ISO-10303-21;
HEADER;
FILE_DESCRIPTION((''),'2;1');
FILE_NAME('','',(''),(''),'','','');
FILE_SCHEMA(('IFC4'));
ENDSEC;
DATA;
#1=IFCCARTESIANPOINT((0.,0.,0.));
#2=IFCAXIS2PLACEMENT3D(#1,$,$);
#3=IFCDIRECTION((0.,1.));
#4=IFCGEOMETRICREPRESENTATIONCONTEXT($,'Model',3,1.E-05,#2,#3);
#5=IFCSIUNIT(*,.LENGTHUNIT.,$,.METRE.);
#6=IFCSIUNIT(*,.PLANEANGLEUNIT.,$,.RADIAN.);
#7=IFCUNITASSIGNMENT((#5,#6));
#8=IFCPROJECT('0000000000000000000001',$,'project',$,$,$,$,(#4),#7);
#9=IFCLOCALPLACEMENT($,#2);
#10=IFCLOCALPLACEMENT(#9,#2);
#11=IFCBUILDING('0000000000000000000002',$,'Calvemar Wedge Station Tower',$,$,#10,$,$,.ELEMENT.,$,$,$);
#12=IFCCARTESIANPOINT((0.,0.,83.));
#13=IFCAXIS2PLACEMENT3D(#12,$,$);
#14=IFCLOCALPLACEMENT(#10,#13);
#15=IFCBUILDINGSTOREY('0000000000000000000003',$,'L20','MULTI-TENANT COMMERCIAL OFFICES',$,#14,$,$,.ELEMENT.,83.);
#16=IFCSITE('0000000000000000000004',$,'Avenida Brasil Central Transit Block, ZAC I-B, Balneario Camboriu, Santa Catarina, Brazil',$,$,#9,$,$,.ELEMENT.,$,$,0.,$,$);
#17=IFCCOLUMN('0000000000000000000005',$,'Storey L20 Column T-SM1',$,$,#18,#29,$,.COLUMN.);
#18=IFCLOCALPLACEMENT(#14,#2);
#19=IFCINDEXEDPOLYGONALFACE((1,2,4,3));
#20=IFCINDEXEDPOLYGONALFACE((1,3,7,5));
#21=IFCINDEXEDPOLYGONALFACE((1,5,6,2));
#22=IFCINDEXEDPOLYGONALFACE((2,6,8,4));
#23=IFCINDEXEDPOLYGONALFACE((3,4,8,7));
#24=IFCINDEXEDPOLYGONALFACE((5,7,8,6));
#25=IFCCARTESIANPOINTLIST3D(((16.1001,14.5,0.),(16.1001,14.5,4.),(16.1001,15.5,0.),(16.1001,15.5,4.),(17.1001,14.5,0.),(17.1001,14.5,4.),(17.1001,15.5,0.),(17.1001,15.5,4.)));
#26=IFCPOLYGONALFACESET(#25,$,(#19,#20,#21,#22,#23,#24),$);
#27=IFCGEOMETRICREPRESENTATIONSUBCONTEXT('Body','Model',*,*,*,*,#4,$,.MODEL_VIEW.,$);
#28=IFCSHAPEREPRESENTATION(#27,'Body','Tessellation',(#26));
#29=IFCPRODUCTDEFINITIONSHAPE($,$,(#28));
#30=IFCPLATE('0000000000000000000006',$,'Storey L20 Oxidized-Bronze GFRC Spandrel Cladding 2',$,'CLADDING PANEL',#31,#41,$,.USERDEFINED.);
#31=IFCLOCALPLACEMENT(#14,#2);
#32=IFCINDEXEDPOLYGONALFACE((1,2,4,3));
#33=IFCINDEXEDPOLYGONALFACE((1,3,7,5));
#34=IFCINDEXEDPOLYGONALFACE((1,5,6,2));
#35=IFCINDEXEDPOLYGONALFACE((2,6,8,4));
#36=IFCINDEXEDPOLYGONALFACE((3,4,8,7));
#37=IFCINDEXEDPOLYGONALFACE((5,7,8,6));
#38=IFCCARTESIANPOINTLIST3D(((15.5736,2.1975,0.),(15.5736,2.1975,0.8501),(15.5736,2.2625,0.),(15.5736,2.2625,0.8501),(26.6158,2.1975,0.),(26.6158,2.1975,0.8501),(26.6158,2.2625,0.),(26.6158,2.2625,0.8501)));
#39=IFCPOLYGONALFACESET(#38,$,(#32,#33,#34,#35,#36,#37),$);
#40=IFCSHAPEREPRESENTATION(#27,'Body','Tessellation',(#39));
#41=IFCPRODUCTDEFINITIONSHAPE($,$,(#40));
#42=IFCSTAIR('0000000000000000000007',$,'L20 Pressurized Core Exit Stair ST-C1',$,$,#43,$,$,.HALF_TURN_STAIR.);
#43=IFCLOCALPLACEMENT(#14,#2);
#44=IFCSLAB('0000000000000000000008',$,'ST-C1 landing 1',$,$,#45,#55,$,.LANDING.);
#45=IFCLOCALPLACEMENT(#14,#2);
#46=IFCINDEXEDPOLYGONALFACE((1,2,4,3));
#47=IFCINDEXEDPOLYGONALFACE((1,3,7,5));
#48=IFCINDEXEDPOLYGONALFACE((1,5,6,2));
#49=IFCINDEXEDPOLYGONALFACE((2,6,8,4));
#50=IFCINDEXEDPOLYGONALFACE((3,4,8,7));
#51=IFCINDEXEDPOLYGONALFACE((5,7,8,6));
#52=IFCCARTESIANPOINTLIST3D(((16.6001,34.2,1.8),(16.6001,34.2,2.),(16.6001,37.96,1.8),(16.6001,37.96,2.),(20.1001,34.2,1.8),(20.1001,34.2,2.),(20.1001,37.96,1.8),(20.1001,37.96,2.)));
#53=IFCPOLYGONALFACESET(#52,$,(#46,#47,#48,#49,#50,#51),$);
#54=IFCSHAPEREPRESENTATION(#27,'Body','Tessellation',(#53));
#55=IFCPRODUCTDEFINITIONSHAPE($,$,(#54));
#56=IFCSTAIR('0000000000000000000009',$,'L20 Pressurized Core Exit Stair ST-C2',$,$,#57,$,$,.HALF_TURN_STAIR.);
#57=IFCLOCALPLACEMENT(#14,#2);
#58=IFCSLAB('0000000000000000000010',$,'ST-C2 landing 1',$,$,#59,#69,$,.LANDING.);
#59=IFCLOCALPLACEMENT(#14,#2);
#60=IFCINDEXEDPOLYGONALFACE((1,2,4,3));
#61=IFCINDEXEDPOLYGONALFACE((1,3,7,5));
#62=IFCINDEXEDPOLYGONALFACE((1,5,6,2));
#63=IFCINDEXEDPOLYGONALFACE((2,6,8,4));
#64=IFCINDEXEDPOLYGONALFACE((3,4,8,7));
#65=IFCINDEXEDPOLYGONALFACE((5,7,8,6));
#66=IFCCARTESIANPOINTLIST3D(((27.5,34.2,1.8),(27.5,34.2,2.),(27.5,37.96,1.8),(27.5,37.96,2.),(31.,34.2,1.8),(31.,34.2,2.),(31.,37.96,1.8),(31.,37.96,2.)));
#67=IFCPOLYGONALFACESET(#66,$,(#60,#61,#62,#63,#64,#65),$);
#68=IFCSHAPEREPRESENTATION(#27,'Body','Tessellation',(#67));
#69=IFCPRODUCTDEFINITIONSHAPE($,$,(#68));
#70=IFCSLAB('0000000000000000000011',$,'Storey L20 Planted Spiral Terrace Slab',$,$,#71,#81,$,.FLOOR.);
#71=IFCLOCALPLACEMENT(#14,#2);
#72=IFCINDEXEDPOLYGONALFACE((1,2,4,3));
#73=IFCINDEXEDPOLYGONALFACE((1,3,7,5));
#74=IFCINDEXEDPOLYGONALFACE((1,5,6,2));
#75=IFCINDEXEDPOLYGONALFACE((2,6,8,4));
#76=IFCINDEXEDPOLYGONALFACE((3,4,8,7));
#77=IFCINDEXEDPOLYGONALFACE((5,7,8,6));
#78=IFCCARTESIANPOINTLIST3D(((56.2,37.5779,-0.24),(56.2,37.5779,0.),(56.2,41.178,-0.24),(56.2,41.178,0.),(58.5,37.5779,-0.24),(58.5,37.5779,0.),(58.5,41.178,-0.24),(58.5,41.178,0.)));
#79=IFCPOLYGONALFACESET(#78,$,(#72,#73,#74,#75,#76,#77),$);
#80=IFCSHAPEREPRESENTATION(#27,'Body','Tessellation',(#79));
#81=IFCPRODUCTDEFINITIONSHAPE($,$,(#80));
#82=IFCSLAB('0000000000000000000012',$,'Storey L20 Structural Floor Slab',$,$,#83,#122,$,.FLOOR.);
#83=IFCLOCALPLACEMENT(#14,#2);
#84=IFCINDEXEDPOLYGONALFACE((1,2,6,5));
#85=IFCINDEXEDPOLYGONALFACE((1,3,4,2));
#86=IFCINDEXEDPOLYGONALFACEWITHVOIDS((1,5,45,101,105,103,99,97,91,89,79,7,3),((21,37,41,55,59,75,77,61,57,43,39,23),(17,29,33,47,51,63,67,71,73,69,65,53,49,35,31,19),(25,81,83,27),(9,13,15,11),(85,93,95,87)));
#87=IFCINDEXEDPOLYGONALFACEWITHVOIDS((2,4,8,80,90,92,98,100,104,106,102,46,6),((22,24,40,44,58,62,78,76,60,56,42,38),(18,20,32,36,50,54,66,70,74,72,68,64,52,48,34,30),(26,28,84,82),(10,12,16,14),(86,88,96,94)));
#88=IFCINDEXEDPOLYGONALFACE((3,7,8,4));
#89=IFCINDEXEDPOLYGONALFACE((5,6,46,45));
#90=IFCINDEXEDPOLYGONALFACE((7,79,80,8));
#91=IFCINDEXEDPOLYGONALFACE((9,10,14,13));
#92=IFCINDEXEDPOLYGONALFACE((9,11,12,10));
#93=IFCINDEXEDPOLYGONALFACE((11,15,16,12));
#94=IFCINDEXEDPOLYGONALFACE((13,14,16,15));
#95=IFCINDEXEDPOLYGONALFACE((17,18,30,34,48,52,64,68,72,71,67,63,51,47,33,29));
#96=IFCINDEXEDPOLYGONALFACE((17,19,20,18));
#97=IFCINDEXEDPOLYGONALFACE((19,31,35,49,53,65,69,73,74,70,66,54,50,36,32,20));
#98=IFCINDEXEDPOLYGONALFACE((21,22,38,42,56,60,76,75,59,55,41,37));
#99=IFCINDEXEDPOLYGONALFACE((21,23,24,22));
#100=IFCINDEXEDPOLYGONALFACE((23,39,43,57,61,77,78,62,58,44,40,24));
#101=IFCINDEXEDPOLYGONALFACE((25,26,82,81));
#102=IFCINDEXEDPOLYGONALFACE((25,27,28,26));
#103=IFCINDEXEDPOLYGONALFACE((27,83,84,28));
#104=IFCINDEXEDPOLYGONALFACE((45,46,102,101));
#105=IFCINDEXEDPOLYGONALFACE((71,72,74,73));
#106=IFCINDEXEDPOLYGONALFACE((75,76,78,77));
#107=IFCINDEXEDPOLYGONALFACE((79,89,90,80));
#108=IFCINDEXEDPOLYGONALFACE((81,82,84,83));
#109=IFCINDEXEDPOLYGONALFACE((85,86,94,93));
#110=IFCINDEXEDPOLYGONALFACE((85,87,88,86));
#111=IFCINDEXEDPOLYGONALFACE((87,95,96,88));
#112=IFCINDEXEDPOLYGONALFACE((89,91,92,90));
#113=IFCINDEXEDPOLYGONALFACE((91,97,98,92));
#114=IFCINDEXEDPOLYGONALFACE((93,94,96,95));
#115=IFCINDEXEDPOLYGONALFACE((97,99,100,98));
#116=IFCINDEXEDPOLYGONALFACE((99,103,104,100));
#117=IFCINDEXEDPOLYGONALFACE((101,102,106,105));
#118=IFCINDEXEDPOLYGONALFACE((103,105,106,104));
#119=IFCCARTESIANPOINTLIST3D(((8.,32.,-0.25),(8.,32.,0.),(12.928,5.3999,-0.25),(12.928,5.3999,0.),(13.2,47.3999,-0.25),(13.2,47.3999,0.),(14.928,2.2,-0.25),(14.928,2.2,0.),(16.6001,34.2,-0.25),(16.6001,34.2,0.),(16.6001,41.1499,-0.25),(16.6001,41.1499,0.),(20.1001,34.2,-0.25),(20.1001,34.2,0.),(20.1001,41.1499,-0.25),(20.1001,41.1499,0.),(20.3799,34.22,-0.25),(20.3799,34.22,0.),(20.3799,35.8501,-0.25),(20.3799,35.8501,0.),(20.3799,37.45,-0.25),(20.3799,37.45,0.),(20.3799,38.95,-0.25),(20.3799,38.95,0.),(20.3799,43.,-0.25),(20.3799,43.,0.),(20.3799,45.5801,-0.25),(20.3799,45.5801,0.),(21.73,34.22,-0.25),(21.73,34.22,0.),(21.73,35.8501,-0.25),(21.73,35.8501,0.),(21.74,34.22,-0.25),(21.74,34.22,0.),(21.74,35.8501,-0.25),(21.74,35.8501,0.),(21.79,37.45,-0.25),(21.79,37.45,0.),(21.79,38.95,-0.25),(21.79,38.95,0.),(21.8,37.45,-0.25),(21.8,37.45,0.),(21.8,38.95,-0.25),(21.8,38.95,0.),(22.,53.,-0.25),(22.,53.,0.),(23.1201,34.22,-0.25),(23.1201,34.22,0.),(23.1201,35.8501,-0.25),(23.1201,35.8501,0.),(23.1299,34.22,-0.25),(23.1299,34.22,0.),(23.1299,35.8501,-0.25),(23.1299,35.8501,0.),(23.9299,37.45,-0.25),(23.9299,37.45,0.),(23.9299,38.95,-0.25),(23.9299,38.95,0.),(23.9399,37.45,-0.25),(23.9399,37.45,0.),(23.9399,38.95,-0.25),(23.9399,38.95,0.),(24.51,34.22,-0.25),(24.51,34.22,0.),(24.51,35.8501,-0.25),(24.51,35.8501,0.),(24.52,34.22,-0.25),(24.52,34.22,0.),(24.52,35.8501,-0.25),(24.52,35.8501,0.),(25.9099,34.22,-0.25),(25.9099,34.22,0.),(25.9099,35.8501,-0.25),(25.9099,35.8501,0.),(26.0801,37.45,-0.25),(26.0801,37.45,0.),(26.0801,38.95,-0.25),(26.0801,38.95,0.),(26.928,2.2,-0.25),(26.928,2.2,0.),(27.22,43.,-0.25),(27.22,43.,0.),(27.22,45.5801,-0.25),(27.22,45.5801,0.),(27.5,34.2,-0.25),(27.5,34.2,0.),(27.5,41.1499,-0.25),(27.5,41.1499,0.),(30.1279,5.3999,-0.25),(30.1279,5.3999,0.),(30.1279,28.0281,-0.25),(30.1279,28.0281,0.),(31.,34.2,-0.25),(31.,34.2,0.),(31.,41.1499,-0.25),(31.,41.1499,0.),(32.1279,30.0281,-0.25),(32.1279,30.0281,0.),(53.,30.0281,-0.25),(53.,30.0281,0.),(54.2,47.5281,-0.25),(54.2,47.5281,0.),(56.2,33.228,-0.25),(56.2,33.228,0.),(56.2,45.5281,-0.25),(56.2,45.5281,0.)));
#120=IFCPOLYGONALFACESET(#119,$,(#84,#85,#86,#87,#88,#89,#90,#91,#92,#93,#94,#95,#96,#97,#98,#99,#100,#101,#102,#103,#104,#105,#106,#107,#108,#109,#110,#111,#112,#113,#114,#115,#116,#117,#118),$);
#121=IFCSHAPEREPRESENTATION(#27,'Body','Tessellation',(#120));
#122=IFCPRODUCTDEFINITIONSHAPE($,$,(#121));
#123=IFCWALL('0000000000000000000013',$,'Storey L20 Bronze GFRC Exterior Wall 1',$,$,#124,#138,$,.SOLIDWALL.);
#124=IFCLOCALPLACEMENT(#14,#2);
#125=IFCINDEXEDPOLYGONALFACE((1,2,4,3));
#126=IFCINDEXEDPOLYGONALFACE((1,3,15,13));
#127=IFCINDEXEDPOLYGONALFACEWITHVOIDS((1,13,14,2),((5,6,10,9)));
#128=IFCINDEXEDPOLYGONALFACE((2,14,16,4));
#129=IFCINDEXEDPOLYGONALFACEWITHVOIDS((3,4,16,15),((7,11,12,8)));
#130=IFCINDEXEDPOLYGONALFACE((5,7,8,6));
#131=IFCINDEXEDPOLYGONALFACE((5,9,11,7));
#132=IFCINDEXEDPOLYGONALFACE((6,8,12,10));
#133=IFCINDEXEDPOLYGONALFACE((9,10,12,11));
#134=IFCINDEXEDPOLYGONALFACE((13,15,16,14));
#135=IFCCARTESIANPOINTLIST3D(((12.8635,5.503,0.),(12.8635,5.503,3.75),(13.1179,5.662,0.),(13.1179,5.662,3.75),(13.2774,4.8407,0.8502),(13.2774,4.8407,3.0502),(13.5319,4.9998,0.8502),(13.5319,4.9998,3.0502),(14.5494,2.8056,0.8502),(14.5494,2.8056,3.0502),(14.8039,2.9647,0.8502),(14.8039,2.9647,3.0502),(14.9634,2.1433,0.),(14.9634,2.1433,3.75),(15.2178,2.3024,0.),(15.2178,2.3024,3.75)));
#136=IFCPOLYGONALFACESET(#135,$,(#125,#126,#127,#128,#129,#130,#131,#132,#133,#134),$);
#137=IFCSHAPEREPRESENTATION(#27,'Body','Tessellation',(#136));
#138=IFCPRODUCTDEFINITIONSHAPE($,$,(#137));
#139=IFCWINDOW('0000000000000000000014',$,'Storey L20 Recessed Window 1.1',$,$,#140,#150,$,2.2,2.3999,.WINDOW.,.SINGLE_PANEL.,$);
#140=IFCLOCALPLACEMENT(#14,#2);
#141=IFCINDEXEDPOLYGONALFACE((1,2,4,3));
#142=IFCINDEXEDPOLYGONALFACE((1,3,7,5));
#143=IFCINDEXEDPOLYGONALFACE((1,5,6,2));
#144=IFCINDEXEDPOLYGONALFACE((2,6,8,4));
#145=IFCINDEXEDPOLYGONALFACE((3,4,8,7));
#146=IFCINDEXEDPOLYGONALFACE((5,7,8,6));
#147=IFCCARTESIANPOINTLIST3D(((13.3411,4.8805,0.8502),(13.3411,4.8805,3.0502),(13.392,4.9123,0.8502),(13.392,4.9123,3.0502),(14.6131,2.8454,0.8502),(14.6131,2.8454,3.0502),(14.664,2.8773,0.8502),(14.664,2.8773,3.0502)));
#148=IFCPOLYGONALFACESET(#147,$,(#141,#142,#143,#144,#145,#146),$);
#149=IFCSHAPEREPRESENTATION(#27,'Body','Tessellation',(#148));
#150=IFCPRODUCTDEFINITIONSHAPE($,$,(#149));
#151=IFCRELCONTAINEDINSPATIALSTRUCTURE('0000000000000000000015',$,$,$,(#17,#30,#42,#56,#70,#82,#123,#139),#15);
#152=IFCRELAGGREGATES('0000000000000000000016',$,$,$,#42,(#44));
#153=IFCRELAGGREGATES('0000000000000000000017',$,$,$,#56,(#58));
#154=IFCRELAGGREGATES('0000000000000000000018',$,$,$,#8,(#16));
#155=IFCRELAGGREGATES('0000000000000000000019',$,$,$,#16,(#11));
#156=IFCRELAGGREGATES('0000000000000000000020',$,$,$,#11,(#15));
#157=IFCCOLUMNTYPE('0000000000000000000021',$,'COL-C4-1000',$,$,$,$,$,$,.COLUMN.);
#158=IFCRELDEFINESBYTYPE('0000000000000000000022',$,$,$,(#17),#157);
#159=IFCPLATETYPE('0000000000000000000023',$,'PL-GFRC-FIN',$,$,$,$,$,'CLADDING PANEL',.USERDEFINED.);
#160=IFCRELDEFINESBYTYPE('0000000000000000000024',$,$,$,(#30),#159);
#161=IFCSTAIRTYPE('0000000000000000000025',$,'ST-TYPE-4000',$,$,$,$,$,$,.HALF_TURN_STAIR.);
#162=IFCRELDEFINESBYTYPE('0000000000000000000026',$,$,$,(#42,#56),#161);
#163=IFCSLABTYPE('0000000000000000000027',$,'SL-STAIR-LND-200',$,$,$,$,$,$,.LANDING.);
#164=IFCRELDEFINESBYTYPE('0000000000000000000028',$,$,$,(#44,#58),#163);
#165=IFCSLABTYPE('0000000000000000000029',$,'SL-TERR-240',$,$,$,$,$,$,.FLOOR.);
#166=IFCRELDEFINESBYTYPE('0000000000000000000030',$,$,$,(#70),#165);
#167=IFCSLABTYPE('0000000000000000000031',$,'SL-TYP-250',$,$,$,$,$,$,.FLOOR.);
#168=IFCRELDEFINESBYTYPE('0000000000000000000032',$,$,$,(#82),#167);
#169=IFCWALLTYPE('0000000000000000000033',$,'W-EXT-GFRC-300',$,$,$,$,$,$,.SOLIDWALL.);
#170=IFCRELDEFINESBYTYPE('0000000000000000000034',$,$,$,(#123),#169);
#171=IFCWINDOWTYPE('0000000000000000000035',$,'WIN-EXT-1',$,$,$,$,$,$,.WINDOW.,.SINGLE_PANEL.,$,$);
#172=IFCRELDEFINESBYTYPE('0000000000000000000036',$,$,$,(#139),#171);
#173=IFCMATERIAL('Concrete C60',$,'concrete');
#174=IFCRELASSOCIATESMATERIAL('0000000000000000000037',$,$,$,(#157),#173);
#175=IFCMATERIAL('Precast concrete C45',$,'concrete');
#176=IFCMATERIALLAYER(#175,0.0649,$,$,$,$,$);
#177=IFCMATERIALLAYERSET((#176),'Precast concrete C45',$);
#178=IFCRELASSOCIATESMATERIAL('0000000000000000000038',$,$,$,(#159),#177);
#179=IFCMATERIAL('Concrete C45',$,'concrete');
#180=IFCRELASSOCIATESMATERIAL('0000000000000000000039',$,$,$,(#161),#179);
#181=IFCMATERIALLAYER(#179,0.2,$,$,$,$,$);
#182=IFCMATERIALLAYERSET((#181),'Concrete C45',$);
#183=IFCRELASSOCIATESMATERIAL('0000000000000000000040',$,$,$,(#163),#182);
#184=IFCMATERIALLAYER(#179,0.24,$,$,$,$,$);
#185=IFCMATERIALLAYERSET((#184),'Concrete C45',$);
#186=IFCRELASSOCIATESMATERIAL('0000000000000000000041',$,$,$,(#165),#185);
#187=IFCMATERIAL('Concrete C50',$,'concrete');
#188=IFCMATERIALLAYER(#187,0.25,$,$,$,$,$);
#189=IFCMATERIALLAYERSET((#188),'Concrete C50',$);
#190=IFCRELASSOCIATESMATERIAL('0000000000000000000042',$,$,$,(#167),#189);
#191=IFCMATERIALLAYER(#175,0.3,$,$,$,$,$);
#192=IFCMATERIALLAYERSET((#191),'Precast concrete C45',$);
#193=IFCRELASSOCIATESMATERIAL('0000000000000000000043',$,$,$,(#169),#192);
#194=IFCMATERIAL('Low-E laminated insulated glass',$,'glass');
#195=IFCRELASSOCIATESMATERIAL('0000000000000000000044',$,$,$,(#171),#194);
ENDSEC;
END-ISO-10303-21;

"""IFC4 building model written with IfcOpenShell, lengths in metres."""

from ifc_helpers import new_model, si_unit, direction, frame, frame_2d, origin, origin_2d, place, context, subcontext, project, spatial, polyline, rectangle, outline, extrude, source, transform, mapped, material, layer, layer_set, material_profile, profile_set, type_object, element, fill, aggregate, save


model = new_model("IFC4")

# Units and contexts
model_context = context("Model", 3, precision=1e-05, world=origin(), true_north=direction((0.0, 1.0)))
body_context = subcontext(model_context, "Body", "Model", "MODEL_VIEW")
ifc_project = project(units=[si_unit("LENGTHUNIT", "METRE"), si_unit("PLANEANGLEUNIT", "RADIAN")], contexts=[model_context])

# Site, building, storey
site_placement = place(None, origin())
site = spatial("IfcSite", under=ifc_project, at=site_placement, Name="Avenida Brasil Central Transit Block, ZAC I-B, Balneario Camboriu, Santa Catarina, Brazil", CompositionType="ELEMENT", RefElevation=0.0)
building_placement = place(site_placement, origin())
building = spatial("IfcBuilding", under=site, at=building_placement, Name="Calvemar Wedge Station Tower", CompositionType="ELEMENT")
storey_placement = place(building_placement, frame((0.0, 0.0, 83.0)))
storey = spatial("IfcBuildingStorey", under=building, at=storey_placement, Name="L20", Description="MULTI-TENANT COMMERCIAL OFFICES", CompositionType="ELEMENT", Elevation=83.0)

# Column
ifc_material_1 = material(Name="Concrete C60", Category="concrete")
ifc_material_profile = material_profile(ifc_material_1, rectangle(XDim=1.0, YDim=1.0, at=origin_2d()), Name="RC1000x1000")
ifc_profile_set = profile_set([ifc_material_profile], Name="Concrete C60")
column_type = type_object("IfcColumnType", Name="COL-C4-1000", PredefinedType="COLUMN", material=ifc_profile_set)
shared_shape_1 = source(origin(), body_context, "Body", "SweptSolid", [
    extrude(rectangle(XDim=1.0, YDim=1.0, at=origin_2d()), origin(), (0.0, 0.0, 1.0), 4.0),
])
column_placement = place(storey_placement, frame((16.6001, 15.0, 0.0), z_axis=(0.0, 0.0, 1.0), x_axis=(1.0, 0.0, 0.0)))
element("IfcColumn", 1, at=column_placement, inside=storey, type_object=column_type, Name="Storey L20 Column T-SM1", PredefinedType="COLUMN", context=body_context, shape_type="MappedRepresentation", body=[
    mapped(shared_shape_1, transform((0.0, 0.0, 0.0), scale=1.0)),
])

# Plate
ifc_material_2 = material(Name="Precast concrete C45", Category="concrete")
ifc_layer_1 = layer(ifc_material_2, 0.0649)
ifc_layer_set_1 = layer_set([ifc_layer_1], Name="Precast concrete C45")
plate_type = type_object("IfcPlateType", Name="PL-GFRC-FIN", ElementType="CLADDING PANEL", PredefinedType="USERDEFINED", material=ifc_layer_set_1)
plate_placement = place(storey_placement, frame((15.5737, 2.23, 0.0), z_axis=(0.0, 0.0, 1.0), x_axis=(1.0, 0.0, 0.0)))
element("IfcPlate", 2, at=plate_placement, inside=storey, type_object=plate_type, Name="Storey L20 Oxidized-Bronze GFRC Spandrel Cladding 2", ObjectType="CLADDING PANEL", PredefinedType="USERDEFINED", context=body_context, shape_type="SweptSolid", body=[
    extrude(rectangle(XDim=11.0422, YDim=0.0649, at=frame_2d((5.521, 0.0))), origin(), (0.0, 0.0, 1.0), 0.8501),
])

# Stairs, slabs
ifc_material_3 = material(Name="Concrete C45", Category="concrete")
stair_type = type_object("IfcStairType", Name="ST-TYPE-4000", PredefinedType="HALF_TURN_STAIR", material=ifc_material_3)
stair_1_placement = place(storey_placement, origin())
stair_1 = element("IfcStair", 3, at=stair_1_placement, inside=storey, type_object=stair_type, Name="L20 Pressurized Core Exit Stair ST-C1", PredefinedType="HALF_TURN_STAIR")
ifc_layer_2 = layer(ifc_material_3, 0.2)
ifc_layer_set_2 = layer_set([ifc_layer_2], Name="Concrete C45")
slab_type_1 = type_object("IfcSlabType", Name="SL-STAIR-LND-200", PredefinedType="LANDING", material=ifc_layer_set_2)
slab_1_placement = place(storey_placement, frame((0.0, 0.0, 1.8)))
slab_1 = element("IfcSlab", 4, at=slab_1_placement, type_object=slab_type_1, Name="ST-C1 landing 1", PredefinedType="LANDING", context=body_context, shape_type="SweptSolid", body=[
    extrude(outline(polyline([(16.6001, 37.96), (16.6001, 34.2), (20.1001, 34.2), (20.1001, 37.96), (16.6001, 37.96)])), origin(), (0.0, 0.0, 1.0), 0.2),
])
aggregate(stair_1, [slab_1])
stair_2_placement = place(storey_placement, origin())
stair_2 = element("IfcStair", 5, at=stair_2_placement, inside=storey, type_object=stair_type, Name="L20 Pressurized Core Exit Stair ST-C2", PredefinedType="HALF_TURN_STAIR")
slab_2_placement = place(storey_placement, frame((0.0, 0.0, 1.8)))
slab_2 = element("IfcSlab", 6, at=slab_2_placement, type_object=slab_type_1, Name="ST-C2 landing 1", PredefinedType="LANDING", context=body_context, shape_type="SweptSolid", body=[
    extrude(outline(polyline([(27.5, 37.96), (27.5, 34.2), (31.0, 34.2), (31.0, 37.96), (27.5, 37.96)])), origin(), (0.0, 0.0, 1.0), 0.2),
])
aggregate(stair_2, [slab_2])

# Slabs
ifc_layer_3 = layer(ifc_material_3, 0.24)
ifc_layer_set_3 = layer_set([ifc_layer_3], Name="Concrete C45")
slab_type_2 = type_object("IfcSlabType", Name="SL-TERR-240", PredefinedType="FLOOR", material=ifc_layer_set_3)
slab_3_placement = place(storey_placement, frame((0.0, 0.0, -0.24)))
element("IfcSlab", 7, at=slab_3_placement, inside=storey, type_object=slab_type_2, Name="Storey L20 Planted Spiral Terrace Slab", PredefinedType="FLOOR", context=body_context, shape_type="SweptSolid", body=[
    extrude(outline(polyline([(56.2, 37.5779), (58.5, 37.5779), (58.5, 41.178), (56.2, 41.178), (56.2, 37.5779)])), origin(), (0.0, 0.0, 1.0), 0.24),
])
ifc_material_4 = material(Name="Concrete C50", Category="concrete")
ifc_layer_4 = layer(ifc_material_4, 0.25)
ifc_layer_set_4 = layer_set([ifc_layer_4], Name="Concrete C50")
slab_type_3 = type_object("IfcSlabType", Name="SL-TYP-250", PredefinedType="FLOOR", material=ifc_layer_set_4)
slab_4_placement = place(storey_placement, frame((0.0, 0.0, -0.25)))
element("IfcSlab", 8, at=slab_4_placement, inside=storey, type_object=slab_type_3, Name="Storey L20 Structural Floor Slab", PredefinedType="FLOOR", context=body_context, shape_type="SweptSolid", body=[
    extrude(outline(polyline([(8.0, 32.0), (12.928, 5.3999), (14.928, 2.2), (26.928, 2.2), (30.1279, 5.3999), (30.1279, 28.0281), (32.1279, 30.0281), (53.0, 30.0281), (56.2, 33.228), (56.2, 45.5281), (54.2, 47.5281), (22.0, 53.0), (13.2, 47.3999), (8.0, 32.0)]), holes=[polyline([(21.74, 35.8501), (21.73, 35.8501), (20.3799, 35.8501), (20.3799, 34.22), (21.73, 34.22), (21.74, 34.22), (23.1201, 34.22), (23.1299, 34.22), (24.51, 34.22), (24.52, 34.22), (25.9099, 34.22), (25.9099, 35.8501), (24.52, 35.8501), (24.51, 35.8501), (23.1299, 35.8501), (23.1201, 35.8501), (21.74, 35.8501)]), polyline([(16.6001, 41.1499), (16.6001, 34.2), (20.1001, 34.2), (20.1001, 41.1499), (16.6001, 41.1499)]), polyline([(27.5, 34.2), (31.0, 34.2), (31.0, 41.1499), (27.5, 41.1499), (27.5, 34.2)]), polyline([(21.79, 37.45), (21.8, 37.45), (23.9299, 37.45), (23.9399, 37.45), (26.0801, 37.45), (26.0801, 38.95), (23.9399, 38.95), (23.9299, 38.95), (21.8, 38.95), (21.79, 38.95), (20.3799, 38.95), (20.3799, 37.45), (21.79, 37.45)]), polyline([(20.3799, 43.0), (27.22, 43.0), (27.22, 45.5801), (20.3799, 45.5801), (20.3799, 43.0)])]), origin(), (0.0, 0.0, 1.0), 0.25),
])

# Wall, opening, window
ifc_layer_5 = layer(ifc_material_2, 0.3)
ifc_layer_set_5 = layer_set([ifc_layer_5], Name="Precast concrete C45")
wall_type_1 = type_object("IfcWallType", Name="W-EXT-GFRC-300", PredefinedType="SOLIDWALL", material=ifc_layer_set_5)
wall_1_placement = place(storey_placement, frame((12.9907, 5.5825, 0.0), z_axis=(0.0, 0.0, 1.0), x_axis=(0.530016, -0.847988, 0.0)))
wall_1 = element("IfcWall", 9, at=wall_1_placement, inside=storey, type_object=wall_type_1, Name="Storey L20 Bronze GFRC Exterior Wall 1", PredefinedType="SOLIDWALL", context=body_context, shape_type="SweptSolid", body=[
    extrude(rectangle(XDim=3.9619, YDim=0.3, at=frame_2d((1.981, 0.0))), origin(), (0.0, 0.0, 1.0), 3.75),
])
shared_shape_2 = source(origin(), body_context, "Body", "SweptSolid", [
    extrude(rectangle(XDim=2.3999, YDim=2.2, at=frame_2d((1.2, 1.1001))), frame((0.0, 0.1602, 0.0), z_axis=(0.0, -1.0, 0.0), x_axis=(1.0, 0.0, 0.0)), (0.0, 0.0, 1.0), 0.3201),
])
opening_1_placement = place(wall_1_placement, frame((0.781, 0.0, 0.8501)))
opening_1 = element("IfcOpeningElement", 10, at=opening_1_placement, cuts=wall_1, PredefinedType="OPENING", context=body_context, shape_type="MappedRepresentation", body=[
    mapped(shared_shape_2, transform((0.0, 0.0, 0.0), scale=1.0)),
])
ifc_material_5 = material(Name="Low-E laminated insulated glass", Category="glass")
window_type_1 = type_object("IfcWindowType", Name="WIN-EXT-1", PartitioningType="SINGLE_PANEL", PredefinedType="WINDOW", material=ifc_material_5)
shared_shape_3 = source(origin(), body_context, "Body", "SweptSolid", [
    extrude(rectangle(XDim=2.3999, YDim=2.2, at=frame_2d((1.2, 1.1001))), frame((0.0, -0.0149, 0.0), z_axis=(0.0, -1.0, 0.0), x_axis=(1.0, 0.0, 0.0)), (0.0, 0.0, 1.0), 0.0601),
])
window_1_placement = place(opening_1_placement, origin())
window_1 = element("IfcWindow", 11, at=window_1_placement, inside=storey, type_object=window_type_1, Name="Storey L20 Recessed Window 1.1", OverallHeight=2.2, OverallWidth=2.3999, PartitioningType="SINGLE_PANEL", PredefinedType="WINDOW", context=body_context, shape_type="MappedRepresentation", body=[
    mapped(shared_shape_3, transform((0.0, 0.0, 0.0), scale=1.0)),
])
fill(opening_1, window_1)

save(model, "model.ifc")
